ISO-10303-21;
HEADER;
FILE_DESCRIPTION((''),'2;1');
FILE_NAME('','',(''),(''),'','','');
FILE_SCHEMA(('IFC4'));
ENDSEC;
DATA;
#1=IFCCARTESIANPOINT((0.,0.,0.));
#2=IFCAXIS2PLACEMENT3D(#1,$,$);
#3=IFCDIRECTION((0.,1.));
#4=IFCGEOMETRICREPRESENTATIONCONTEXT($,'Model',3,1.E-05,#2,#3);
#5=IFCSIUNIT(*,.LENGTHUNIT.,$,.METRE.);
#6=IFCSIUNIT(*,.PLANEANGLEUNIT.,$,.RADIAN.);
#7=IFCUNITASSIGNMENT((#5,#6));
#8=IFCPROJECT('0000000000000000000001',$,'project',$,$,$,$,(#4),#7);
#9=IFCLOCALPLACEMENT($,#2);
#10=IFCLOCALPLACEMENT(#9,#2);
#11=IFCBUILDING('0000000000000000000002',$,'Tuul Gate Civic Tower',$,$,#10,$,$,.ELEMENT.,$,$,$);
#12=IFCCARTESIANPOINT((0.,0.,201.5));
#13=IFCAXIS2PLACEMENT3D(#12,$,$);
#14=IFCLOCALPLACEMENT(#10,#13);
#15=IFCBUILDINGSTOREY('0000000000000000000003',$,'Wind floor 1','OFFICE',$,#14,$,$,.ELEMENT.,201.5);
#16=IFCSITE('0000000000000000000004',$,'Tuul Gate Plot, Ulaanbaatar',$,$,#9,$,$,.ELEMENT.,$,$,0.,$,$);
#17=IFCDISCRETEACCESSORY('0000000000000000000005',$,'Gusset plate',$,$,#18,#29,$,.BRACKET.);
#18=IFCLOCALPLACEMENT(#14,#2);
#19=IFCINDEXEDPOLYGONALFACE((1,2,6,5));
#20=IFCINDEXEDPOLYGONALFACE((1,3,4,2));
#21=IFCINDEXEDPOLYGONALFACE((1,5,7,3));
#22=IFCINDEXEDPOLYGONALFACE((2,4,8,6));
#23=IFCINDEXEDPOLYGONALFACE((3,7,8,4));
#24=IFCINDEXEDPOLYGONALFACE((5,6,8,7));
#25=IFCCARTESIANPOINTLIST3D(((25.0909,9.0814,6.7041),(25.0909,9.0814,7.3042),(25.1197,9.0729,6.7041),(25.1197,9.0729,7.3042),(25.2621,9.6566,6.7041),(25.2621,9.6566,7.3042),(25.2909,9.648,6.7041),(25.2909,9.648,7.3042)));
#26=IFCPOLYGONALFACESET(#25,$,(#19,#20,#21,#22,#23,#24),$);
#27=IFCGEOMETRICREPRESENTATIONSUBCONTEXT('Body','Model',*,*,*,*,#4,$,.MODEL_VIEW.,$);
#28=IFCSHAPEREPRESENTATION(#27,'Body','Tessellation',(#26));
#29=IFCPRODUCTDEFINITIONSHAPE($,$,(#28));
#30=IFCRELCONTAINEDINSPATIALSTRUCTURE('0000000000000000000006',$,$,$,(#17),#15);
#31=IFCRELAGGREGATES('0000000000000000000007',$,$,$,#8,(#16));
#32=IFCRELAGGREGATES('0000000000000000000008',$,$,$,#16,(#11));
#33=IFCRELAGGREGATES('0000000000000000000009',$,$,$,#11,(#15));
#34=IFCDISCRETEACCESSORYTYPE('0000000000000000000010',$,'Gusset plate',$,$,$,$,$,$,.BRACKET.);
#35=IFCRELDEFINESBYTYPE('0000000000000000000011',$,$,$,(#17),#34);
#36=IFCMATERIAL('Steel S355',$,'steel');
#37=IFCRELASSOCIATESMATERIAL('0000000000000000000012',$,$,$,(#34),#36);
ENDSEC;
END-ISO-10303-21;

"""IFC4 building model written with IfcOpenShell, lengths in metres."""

from ifc_helpers import new_model, si_unit, direction, frame, origin, origin_2d, place, context, subcontext, project, spatial, rectangle, extrude, material, type_object, element, save


model = new_model("IFC4")

# Units and contexts
model_context = context("Model", 3, precision=1e-05, world=origin(), true_north=direction((0.0, 1.0)))
body_context = subcontext(model_context, "Body", "Model", "MODEL_VIEW")
ifc_project = project(units=[si_unit("LENGTHUNIT", "METRE"), si_unit("PLANEANGLEUNIT", "RADIAN")], contexts=[model_context])

# Site, building, storey
site_placement = place(None, origin())
site = spatial("IfcSite", under=ifc_project, at=site_placement, Name="Tuul Gate Plot, Ulaanbaatar", CompositionType="ELEMENT", RefElevation=0.0)
building_placement = place(site_placement, origin())
building = spatial("IfcBuilding", under=site, at=building_placement, Name="Tuul Gate Civic Tower", CompositionType="ELEMENT")
storey_placement = place(building_placement, frame((0.0, 0.0, 201.5)))
storey = spatial("IfcBuildingStorey", under=building, at=storey_placement, Name="Wind floor 1", Description="OFFICE", CompositionType="ELEMENT", Elevation=201.5)

# Discrete accessory
ifc_material_1 = material(Name="Steel S355", Category="steel")
discrete_accessory_type = type_object("IfcDiscreteAccessoryType", Name="Gusset plate", PredefinedType="BRACKET", material=ifc_material_1)
discrete_accessory_placement = place(storey_placement, frame((25.1909, 9.3647, 6.7041), z_axis=(0.0, 0.0, 1.0), x_axis=(0.285212, 0.958464, 0.0)))
element("IfcDiscreteAccessory", 1, at=discrete_accessory_placement, inside=storey, type_object=discrete_accessory_type, Name="Gusset plate", PredefinedType="BRACKET", context=body_context, shape_type="SweptSolid", body=[
    extrude(rectangle(XDim=0.6001, YDim=0.03, at=origin_2d()), origin(), (0.0, 0.0, 1.0), 0.6001),
])

save(model, "model.ifc")
